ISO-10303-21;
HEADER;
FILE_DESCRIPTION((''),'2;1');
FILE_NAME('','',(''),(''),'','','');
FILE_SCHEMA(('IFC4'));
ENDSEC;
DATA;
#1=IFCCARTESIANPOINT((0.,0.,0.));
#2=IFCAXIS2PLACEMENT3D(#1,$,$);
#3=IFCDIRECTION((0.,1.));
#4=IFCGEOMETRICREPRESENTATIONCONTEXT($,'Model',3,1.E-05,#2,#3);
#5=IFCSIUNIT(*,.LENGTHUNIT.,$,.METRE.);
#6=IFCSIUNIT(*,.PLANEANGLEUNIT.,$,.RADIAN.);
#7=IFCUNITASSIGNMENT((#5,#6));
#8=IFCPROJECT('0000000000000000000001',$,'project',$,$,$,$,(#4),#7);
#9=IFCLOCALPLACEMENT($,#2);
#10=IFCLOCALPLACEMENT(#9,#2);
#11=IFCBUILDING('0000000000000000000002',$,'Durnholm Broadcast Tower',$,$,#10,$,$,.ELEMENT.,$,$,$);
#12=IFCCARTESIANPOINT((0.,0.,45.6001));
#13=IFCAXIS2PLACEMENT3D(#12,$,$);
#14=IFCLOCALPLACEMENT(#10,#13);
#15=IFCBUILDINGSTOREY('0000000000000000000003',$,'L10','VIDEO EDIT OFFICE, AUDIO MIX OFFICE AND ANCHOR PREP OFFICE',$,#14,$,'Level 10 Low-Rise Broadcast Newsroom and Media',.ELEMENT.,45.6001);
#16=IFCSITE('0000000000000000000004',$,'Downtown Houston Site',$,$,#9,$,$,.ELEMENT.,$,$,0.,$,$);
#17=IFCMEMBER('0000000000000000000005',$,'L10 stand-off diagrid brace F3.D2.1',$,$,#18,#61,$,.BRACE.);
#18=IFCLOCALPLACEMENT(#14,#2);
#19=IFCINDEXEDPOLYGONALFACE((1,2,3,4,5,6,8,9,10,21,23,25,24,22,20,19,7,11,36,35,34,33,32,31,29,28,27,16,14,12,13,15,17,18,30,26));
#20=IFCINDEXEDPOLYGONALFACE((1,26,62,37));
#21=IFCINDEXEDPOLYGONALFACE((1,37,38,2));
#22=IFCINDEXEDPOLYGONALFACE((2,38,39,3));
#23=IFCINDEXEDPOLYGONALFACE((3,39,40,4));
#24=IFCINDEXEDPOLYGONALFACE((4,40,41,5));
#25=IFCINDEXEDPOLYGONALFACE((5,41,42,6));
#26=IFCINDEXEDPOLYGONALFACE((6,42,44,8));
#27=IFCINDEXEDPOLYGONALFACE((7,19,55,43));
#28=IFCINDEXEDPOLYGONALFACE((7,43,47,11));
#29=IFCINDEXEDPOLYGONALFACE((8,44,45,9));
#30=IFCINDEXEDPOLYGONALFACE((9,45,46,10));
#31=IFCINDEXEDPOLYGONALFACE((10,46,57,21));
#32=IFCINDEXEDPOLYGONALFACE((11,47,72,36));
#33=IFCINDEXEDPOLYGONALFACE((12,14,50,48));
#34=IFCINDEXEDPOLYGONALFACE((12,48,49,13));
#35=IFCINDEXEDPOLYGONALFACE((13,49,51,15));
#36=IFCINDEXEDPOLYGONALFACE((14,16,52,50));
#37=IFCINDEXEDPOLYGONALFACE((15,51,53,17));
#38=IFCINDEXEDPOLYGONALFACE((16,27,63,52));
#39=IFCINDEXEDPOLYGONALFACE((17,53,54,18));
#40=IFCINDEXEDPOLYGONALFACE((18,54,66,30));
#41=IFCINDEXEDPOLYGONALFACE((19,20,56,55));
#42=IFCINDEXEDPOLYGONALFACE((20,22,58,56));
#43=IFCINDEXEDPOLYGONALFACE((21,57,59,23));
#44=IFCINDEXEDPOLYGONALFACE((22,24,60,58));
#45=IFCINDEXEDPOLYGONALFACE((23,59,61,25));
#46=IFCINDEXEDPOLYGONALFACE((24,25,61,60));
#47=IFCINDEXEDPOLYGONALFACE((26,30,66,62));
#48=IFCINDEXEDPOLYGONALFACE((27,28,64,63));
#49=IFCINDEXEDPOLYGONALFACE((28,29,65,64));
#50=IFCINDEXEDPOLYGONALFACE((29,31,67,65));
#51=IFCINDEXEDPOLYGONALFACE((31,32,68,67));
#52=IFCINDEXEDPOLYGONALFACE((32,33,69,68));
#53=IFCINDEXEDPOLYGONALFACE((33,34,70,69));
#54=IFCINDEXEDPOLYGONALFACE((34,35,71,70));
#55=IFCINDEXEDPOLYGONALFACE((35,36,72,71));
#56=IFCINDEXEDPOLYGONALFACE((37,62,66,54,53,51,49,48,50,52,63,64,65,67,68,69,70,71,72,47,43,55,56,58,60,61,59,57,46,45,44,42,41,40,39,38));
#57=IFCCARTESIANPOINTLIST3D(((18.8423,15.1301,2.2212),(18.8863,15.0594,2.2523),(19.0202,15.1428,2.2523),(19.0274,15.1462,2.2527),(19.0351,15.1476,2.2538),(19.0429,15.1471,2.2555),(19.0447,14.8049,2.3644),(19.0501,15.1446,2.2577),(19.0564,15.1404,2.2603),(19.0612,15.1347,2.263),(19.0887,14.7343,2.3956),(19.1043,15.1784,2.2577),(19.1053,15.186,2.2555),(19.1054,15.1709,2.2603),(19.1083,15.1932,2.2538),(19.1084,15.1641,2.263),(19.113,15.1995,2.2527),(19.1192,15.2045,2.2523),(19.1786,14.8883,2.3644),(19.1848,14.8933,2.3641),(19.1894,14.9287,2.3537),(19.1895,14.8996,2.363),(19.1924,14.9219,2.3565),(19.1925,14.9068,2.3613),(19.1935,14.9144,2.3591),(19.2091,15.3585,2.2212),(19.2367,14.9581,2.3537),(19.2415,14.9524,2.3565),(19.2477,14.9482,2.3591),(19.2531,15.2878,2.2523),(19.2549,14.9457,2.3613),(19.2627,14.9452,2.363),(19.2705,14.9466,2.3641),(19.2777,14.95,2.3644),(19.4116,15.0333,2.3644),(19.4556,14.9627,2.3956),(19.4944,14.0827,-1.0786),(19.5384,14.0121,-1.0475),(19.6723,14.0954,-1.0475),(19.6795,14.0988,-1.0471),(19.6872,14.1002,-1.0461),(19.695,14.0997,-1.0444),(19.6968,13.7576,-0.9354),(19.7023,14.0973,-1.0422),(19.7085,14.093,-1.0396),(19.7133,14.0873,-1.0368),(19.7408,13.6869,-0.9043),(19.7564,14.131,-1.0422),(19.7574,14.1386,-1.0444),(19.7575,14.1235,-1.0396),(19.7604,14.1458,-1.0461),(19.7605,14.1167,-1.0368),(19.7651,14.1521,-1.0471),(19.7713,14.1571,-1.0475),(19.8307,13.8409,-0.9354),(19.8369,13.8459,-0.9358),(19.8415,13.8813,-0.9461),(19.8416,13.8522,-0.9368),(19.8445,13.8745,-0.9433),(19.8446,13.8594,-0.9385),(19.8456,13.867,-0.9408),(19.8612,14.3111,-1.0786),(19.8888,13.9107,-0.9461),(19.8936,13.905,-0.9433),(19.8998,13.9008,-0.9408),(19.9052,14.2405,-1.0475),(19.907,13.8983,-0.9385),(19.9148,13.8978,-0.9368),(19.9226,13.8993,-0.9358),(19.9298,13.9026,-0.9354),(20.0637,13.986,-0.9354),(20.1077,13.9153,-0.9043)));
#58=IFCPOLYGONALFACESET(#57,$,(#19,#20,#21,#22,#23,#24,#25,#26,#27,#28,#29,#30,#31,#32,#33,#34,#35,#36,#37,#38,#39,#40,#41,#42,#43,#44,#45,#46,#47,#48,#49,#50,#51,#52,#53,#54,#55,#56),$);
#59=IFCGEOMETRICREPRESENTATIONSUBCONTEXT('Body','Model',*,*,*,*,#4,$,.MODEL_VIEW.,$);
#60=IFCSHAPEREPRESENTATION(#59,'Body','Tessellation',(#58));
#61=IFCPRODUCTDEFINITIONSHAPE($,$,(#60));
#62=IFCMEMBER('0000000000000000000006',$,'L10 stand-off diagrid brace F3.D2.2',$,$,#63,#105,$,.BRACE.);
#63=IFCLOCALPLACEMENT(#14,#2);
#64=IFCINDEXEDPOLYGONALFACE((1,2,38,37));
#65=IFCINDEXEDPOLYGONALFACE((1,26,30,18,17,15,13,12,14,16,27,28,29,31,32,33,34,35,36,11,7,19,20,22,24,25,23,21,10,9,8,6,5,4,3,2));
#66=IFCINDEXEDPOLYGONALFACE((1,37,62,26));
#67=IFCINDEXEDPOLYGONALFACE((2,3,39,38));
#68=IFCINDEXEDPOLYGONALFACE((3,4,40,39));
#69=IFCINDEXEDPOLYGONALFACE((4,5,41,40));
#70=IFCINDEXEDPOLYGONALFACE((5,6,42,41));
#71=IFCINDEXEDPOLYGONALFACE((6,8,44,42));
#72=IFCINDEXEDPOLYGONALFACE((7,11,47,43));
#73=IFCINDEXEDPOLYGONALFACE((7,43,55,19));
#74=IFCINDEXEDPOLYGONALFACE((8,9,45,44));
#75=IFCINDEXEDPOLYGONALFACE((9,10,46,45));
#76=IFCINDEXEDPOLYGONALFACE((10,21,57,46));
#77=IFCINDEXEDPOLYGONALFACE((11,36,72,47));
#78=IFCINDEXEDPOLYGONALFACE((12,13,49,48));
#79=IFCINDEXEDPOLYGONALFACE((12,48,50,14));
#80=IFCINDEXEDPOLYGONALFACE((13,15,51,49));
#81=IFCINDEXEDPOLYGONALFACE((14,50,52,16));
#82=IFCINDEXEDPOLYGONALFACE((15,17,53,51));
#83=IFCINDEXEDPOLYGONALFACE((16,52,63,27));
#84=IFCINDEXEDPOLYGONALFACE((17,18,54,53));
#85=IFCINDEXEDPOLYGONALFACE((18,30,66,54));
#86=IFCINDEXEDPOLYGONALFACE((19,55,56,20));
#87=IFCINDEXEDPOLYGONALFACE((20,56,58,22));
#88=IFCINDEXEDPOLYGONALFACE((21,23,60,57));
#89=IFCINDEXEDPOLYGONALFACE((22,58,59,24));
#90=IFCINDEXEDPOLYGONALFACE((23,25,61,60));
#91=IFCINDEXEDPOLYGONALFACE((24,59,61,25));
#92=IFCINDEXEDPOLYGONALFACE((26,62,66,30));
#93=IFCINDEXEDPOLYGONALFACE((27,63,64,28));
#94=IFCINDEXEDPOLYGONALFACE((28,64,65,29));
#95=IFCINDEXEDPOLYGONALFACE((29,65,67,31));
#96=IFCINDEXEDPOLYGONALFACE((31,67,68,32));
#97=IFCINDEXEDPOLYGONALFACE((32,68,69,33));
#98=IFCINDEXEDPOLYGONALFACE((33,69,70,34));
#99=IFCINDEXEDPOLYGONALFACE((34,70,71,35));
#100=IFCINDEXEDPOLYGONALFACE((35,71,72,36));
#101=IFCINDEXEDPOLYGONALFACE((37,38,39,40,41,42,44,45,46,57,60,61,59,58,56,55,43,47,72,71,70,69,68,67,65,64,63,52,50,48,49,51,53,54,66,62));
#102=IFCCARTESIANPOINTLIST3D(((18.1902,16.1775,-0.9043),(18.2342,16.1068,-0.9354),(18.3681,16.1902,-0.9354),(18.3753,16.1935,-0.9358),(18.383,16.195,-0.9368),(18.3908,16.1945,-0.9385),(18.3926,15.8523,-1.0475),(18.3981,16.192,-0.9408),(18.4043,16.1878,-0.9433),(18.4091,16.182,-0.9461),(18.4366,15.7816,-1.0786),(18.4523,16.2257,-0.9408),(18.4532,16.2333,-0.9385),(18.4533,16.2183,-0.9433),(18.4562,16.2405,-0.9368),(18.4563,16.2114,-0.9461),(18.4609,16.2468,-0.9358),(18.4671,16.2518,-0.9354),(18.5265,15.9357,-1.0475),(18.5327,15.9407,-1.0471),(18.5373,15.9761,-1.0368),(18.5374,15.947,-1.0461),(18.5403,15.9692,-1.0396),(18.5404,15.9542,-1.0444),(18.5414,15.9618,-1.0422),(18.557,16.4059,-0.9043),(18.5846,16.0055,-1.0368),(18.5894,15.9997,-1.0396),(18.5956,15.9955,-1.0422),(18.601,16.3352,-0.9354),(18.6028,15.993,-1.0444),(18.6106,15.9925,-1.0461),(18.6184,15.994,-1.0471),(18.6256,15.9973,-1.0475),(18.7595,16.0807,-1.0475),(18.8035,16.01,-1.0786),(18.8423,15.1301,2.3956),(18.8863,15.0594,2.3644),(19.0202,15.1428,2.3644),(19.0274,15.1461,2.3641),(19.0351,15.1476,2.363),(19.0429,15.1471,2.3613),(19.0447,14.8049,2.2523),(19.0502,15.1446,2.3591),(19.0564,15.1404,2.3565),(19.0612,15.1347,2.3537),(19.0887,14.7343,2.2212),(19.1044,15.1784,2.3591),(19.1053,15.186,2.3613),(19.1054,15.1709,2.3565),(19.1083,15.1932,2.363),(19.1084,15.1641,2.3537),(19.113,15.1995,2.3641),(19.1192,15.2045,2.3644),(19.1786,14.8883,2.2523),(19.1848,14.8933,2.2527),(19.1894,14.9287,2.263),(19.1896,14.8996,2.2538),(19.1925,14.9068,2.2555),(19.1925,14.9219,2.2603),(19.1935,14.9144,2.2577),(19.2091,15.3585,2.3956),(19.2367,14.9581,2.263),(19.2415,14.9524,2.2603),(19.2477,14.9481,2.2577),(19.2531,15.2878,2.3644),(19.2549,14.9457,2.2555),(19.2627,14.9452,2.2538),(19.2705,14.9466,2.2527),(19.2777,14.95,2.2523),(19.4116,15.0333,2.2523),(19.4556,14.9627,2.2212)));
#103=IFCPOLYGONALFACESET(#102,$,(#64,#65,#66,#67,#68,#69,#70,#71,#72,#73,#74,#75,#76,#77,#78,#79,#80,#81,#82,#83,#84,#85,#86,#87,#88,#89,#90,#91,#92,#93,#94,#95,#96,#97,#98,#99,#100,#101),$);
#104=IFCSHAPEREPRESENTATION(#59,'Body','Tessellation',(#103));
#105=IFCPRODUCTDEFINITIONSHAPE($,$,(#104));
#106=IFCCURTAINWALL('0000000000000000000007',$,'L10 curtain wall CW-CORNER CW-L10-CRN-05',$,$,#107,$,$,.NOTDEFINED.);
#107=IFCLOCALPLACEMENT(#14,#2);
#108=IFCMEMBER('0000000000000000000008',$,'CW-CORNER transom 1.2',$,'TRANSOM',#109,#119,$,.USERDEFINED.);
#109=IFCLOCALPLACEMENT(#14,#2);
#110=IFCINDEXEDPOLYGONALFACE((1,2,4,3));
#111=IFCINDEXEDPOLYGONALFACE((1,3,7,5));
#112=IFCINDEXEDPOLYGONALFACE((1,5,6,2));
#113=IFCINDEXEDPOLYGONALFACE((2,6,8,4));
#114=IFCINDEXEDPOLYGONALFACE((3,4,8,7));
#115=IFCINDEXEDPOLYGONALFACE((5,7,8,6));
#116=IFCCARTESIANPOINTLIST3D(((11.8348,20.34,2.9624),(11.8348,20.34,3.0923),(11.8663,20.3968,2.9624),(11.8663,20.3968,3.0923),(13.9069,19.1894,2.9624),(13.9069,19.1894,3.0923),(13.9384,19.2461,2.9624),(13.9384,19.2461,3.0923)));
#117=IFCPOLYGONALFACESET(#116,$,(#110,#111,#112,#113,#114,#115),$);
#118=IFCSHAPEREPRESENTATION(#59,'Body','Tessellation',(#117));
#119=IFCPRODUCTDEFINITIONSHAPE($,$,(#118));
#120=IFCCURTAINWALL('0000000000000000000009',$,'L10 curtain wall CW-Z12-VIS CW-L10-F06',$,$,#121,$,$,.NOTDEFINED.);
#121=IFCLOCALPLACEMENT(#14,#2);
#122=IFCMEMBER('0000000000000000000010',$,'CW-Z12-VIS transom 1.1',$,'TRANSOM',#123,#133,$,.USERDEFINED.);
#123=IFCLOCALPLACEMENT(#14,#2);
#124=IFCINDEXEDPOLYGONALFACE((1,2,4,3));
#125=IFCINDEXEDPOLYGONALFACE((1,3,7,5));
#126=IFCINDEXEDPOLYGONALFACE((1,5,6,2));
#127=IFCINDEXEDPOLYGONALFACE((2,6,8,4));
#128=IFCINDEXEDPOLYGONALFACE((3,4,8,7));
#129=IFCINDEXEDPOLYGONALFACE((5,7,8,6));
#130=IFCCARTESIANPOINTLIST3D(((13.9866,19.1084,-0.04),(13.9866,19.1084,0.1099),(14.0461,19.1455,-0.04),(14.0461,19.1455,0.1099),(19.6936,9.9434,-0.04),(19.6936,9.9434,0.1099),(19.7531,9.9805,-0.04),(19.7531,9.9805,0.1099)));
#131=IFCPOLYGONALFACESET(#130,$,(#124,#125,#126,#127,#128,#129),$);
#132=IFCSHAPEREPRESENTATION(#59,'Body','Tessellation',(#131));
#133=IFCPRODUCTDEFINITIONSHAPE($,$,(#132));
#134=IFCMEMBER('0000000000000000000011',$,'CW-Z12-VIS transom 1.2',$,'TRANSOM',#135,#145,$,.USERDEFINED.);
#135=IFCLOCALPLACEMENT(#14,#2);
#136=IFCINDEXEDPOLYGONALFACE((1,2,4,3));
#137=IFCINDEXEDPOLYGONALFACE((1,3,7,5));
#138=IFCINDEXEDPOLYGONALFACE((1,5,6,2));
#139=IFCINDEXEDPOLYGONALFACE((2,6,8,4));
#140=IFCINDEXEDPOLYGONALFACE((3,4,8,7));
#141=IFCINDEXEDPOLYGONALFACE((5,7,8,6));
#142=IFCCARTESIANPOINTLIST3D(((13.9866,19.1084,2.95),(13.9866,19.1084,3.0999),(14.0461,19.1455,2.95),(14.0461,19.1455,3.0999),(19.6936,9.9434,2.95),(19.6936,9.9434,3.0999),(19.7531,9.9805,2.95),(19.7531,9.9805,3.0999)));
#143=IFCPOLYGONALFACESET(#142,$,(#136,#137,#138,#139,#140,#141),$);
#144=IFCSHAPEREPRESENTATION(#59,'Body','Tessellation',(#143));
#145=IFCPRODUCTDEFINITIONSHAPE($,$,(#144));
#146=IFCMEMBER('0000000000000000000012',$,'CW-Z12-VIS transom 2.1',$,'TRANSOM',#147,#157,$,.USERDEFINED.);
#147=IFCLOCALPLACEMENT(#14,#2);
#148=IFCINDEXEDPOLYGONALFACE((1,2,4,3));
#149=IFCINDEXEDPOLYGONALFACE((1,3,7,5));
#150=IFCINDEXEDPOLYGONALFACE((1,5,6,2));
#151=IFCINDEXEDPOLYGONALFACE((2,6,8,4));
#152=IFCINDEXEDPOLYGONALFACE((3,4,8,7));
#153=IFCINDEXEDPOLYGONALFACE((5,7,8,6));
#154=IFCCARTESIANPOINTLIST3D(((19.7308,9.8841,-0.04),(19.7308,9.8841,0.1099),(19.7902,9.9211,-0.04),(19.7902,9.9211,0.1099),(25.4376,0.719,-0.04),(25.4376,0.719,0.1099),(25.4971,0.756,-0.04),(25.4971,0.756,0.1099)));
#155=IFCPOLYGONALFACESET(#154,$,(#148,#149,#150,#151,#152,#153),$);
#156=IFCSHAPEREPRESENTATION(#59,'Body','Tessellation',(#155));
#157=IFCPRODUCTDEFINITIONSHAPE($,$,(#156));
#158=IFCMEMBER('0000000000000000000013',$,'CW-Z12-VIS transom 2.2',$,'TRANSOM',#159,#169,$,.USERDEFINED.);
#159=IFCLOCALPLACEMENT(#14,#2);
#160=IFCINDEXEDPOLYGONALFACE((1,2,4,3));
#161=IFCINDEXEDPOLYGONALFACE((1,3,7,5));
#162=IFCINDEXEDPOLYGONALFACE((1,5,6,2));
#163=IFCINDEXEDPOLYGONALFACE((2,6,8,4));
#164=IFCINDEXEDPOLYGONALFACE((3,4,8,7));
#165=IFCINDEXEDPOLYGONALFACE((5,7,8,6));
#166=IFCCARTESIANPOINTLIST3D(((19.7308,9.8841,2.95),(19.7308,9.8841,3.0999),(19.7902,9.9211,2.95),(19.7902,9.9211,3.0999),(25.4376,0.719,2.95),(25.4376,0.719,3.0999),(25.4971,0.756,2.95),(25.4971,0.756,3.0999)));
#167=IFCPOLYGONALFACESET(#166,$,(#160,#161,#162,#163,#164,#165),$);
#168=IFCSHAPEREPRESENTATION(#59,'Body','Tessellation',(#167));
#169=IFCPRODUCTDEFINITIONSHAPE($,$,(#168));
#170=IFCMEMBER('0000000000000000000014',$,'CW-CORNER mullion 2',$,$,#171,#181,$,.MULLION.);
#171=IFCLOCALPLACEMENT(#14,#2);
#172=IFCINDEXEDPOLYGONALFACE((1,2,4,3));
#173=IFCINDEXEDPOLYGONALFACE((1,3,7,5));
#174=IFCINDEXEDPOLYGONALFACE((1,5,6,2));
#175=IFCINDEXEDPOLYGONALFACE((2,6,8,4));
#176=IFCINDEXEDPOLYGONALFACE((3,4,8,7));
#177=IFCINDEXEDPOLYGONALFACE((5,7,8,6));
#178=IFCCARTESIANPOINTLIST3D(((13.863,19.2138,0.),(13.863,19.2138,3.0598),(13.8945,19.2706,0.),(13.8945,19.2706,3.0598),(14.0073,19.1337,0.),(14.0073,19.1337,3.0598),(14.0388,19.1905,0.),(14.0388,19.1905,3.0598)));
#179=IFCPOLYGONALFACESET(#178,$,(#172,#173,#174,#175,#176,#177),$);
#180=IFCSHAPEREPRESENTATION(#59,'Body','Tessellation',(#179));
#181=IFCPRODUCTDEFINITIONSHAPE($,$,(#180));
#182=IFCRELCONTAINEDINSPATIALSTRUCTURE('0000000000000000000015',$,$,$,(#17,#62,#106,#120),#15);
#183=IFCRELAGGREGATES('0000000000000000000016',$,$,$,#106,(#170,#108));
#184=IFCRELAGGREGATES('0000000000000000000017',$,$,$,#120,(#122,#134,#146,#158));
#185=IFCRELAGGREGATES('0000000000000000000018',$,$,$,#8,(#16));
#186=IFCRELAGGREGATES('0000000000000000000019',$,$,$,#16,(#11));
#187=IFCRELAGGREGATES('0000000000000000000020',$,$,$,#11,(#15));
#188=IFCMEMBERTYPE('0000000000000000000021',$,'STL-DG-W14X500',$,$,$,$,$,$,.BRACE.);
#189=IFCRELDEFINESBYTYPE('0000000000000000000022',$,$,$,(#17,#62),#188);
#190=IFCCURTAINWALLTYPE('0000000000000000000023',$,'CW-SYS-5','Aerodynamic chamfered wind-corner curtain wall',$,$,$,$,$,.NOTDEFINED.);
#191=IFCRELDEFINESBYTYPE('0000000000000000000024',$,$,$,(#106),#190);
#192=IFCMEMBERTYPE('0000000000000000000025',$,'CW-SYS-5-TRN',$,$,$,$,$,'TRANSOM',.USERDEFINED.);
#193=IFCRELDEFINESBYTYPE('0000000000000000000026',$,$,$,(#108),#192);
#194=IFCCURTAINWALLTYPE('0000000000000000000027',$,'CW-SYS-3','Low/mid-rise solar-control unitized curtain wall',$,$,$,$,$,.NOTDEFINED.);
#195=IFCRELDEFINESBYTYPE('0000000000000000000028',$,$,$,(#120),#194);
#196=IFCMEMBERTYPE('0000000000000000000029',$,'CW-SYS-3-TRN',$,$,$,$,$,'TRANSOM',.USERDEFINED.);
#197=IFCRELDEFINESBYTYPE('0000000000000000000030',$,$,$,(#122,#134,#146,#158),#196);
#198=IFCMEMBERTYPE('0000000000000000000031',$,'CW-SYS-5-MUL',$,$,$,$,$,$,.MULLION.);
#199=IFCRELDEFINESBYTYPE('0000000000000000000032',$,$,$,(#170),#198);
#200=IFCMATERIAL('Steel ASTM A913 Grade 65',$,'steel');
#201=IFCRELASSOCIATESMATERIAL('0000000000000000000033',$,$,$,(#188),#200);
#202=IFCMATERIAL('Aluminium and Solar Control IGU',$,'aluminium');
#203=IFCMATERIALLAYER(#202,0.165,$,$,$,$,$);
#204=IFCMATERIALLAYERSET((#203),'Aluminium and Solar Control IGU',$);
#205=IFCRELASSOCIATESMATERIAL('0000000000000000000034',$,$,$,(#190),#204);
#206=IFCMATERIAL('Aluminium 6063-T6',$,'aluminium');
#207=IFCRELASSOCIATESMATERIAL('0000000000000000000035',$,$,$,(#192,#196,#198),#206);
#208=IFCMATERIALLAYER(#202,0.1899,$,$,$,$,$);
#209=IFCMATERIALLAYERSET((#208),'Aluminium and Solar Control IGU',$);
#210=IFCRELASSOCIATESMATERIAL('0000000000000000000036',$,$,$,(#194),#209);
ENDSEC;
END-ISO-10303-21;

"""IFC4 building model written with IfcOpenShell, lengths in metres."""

from ifc_helpers import new_model, si_unit, direction, frame, origin, origin_2d, place, context, subcontext, project, spatial, rectangle, i_section, extrude, source, transform, mapped, material, layer, layer_set, material_profile, profile_set, type_object, type_shapes, element, aggregate, save


model = new_model("IFC4")

# Units and contexts
model_context = context("Model", 3, precision=1e-05, world=origin(), true_north=direction((0.0, 1.0)))
body_context = subcontext(model_context, "Body", "Model", "MODEL_VIEW")
ifc_project = project(units=[si_unit("LENGTHUNIT", "METRE"), si_unit("PLANEANGLEUNIT", "RADIAN")], contexts=[model_context])

# Site, building, storey
site_placement = place(None, origin())
site = spatial("IfcSite", under=ifc_project, at=site_placement, Name="Downtown Houston Site", CompositionType="ELEMENT", RefElevation=0.0)
building_placement = place(site_placement, origin())
building = spatial("IfcBuilding", under=site, at=building_placement, Name="Durnholm Broadcast Tower", CompositionType="ELEMENT")
storey_placement = place(building_placement, frame((0.0, 0.0, 45.6001)))
storey = spatial("IfcBuildingStorey", under=building, at=storey_placement, Name="L10", Description="VIDEO EDIT OFFICE, AUDIO MIX OFFICE AND ANCHOR PREP OFFICE", LongName="Level 10 Low-Rise Broadcast Newsroom and Media", CompositionType="ELEMENT", Elevation=45.6001)

# Members
ifc_material_1 = material(Name="Steel ASTM A913 Grade 65", Category="steel")
ifc_material_profile_1 = material_profile(ifc_material_1, i_section(OverallWidth=0.4321, OverallDepth=0.4978, WebThickness=0.0557, FlangeThickness=0.0889, FilletRadius=0.0305, at=origin_2d()), Name="W14X500")
ifc_profile_set_1 = profile_set([ifc_material_profile_1], Name="Steel ASTM A913 Grade 65")
member_type_1 = type_object("IfcMemberType", Name="STL-DG-W14X500", PredefinedType="BRACE", material=ifc_profile_set_1)
shared_shape_1 = source(origin(), body_context, "Body", "SweptSolid", [
    extrude(i_section(OverallWidth=0.4321, OverallDepth=0.4978, WebThickness=0.0557, FlangeThickness=0.0889, FilletRadius=0.0305, at=origin_2d()), origin(), (0.0, 0.0, 1.0), 3.5229),
])
type_shapes(member_type_1, [shared_shape_1])
for number, where, z_axis, x_axis, name in (
    (1, (19.801, 13.999, -0.9915), (-0.185102, 0.2973, 0.936669), (-0.848909, -0.52854, 0.0), "L10 stand-off diagrid brace F3.D2.1"),
    (2, (18.4968, 16.0938, -0.9915), (0.185102, -0.2973, 0.936669), (0.848909, 0.52854, 0.0), "L10 stand-off diagrid brace F3.D2.2"),
):
    element("IfcMember", number, at=place(storey_placement, frame(where, z_axis=z_axis, x_axis=x_axis)), inside=storey, type_object=member_type_1, Name=name, PredefinedType="BRACE", context=body_context, shape_type="MappedRepresentation", body=[
        mapped(shared_shape_1, transform((0.0, 0.0, 0.0), x_axis=(1.0, 0.0, 0.0), y_axis=(0.0, 1.0, 0.0), z_axis=(0.0, 0.0, 1.0), scale=1.0)),
    ])

# Curtain wall, member
ifc_material_2 = material(Name="Aluminium and Solar Control IGU", Category="aluminium")
ifc_layer_1 = layer(ifc_material_2, 0.165)
ifc_layer_set_1 = layer_set([ifc_layer_1], Name="Aluminium and Solar Control IGU")
curtain_wall_type_1 = type_object("IfcCurtainWallType", Name="CW-SYS-5", Description="Aerodynamic chamfered wind-corner curtain wall", PredefinedType="NOTDEFINED", material=ifc_layer_set_1)
curtain_wall_1_placement = place(storey_placement, origin())
curtain_wall_1 = element("IfcCurtainWall", 3, at=curtain_wall_1_placement, inside=storey, type_object=curtain_wall_type_1, Name="L10 curtain wall CW-CORNER CW-L10-CRN-05", PredefinedType="NOTDEFINED")
ifc_material_3 = material(Name="Aluminium 6063-T6", Category="aluminium")
ifc_material_profile_2 = material_profile(ifc_material_3, rectangle(XDim=0.0649, YDim=0.1299, at=origin_2d()), Name="CWT65X130")
ifc_profile_set_2 = profile_set([ifc_material_profile_2], Name="Aluminium 6063-T6")
member_type_2 = type_object("IfcMemberType", Name="CW-SYS-5-TRN", ElementType="TRANSOM", PredefinedType="USERDEFINED", material=ifc_profile_set_2)
shared_shape_2 = source(origin(), body_context, "Body", "SweptSolid", [
    extrude(rectangle(XDim=0.0649, YDim=0.1299, at=origin_2d()), origin(), (0.0, 0.0, 1.0), 2.3701),
])
type_shapes(member_type_2, [shared_shape_2])
member_1_placement = place(storey_placement, frame((11.8506, 20.3684, 3.0273), z_axis=(0.874245, -0.485485, 0.0), x_axis=(0.485485, 0.874245, 0.0)))
member_1 = element("IfcMember", 4, at=member_1_placement, type_object=member_type_2, Name="CW-CORNER transom 1.2", ObjectType="TRANSOM", PredefinedType="USERDEFINED", context=body_context, shape_type="MappedRepresentation", body=[
    mapped(shared_shape_2, transform((0.0, 0.0, 0.0), x_axis=(1.0, 0.0, 0.0), y_axis=(0.0, 1.0, 0.0), z_axis=(0.0, 0.0, 1.0), scale=1.0)),
])

# Curtain wall, members
ifc_layer_2 = layer(ifc_material_2, 0.1899)
ifc_layer_set_2 = layer_set([ifc_layer_2], Name="Aluminium and Solar Control IGU")
curtain_wall_type_2 = type_object("IfcCurtainWallType", Name="CW-SYS-3", Description="Low/mid-rise solar-control unitized curtain wall", PredefinedType="NOTDEFINED", material=ifc_layer_set_2)
curtain_wall_2_placement = place(storey_placement, origin())
curtain_wall_2 = element("IfcCurtainWall", 5, at=curtain_wall_2_placement, inside=storey, type_object=curtain_wall_type_2, Name="L10 curtain wall CW-Z12-VIS CW-L10-F06", PredefinedType="NOTDEFINED")
ifc_material_profile_3 = material_profile(ifc_material_3, rectangle(XDim=0.0701, YDim=0.1499, at=origin_2d()), Name="CWT70X150")
ifc_profile_set_3 = profile_set([ifc_material_profile_3], Name="Aluminium 6063-T6")
member_type_3 = type_object("IfcMemberType", Name="CW-SYS-3-TRN", ElementType="TRANSOM", PredefinedType="USERDEFINED", material=ifc_profile_set_3)
shared_shape_3 = source(origin(), body_context, "Body", "SweptSolid", [
    extrude(rectangle(XDim=0.0701, YDim=0.1499, at=origin_2d()), origin(), (0.0, 0.0, 1.0), 10.7966),
])
type_shapes(member_type_3, [shared_shape_3])
member_2_placement = place(storey_placement, frame((14.0164, 19.127, 0.0349), z_axis=(0.528592, -0.848876, 0.0), x_axis=(0.848876, 0.528592, 0.0)))
member_2 = element("IfcMember", 6, at=member_2_placement, type_object=member_type_3, Name="CW-Z12-VIS transom 1.1", ObjectType="TRANSOM", PredefinedType="USERDEFINED", context=body_context, shape_type="MappedRepresentation", body=[
    mapped(shared_shape_3, transform((0.0, 0.0, 0.0), x_axis=(1.0, 0.0, 0.0), y_axis=(0.0, 1.0, 0.0), z_axis=(0.0, 0.0, 1.0), scale=1.0)),
])
member_3_placement = place(storey_placement, frame((14.0164, 19.127, 3.0249), z_axis=(0.528592, -0.848876, 0.0), x_axis=(0.848876, 0.528592, 0.0)))
member_3 = element("IfcMember", 7, at=member_3_placement, type_object=member_type_3, Name="CW-Z12-VIS transom 1.2", ObjectType="TRANSOM", PredefinedType="USERDEFINED", context=body_context, shape_type="MappedRepresentation", body=[
    mapped(shared_shape_3, transform((0.0, 0.0, 0.0), x_axis=(1.0, 0.0, 0.0), y_axis=(0.0, 1.0, 0.0), z_axis=(0.0, 0.0, 1.0), scale=1.0)),
])
member_4_placement = place(storey_placement, frame((19.7605, 9.9026, 0.0349), z_axis=(0.528575, -0.848886, 0.0), x_axis=(0.848886, 0.528575, 0.0)))
member_4 = element("IfcMember", 8, at=member_4_placement, type_object=member_type_3, Name="CW-Z12-VIS transom 2.1", ObjectType="TRANSOM", PredefinedType="USERDEFINED", context=body_context, shape_type="MappedRepresentation", body=[
    mapped(shared_shape_3, transform((0.0, 0.0, 0.0), x_axis=(1.0, 0.0, 0.0), y_axis=(0.0, 1.0, 0.0), z_axis=(0.0, 0.0, 1.0), scale=1.0)),
])
member_5_placement = place(storey_placement, frame((19.7605, 9.9026, 3.0249), z_axis=(0.528575, -0.848886, 0.0), x_axis=(0.848886, 0.528575, 0.0)))
member_5 = element("IfcMember", 9, at=member_5_placement, type_object=member_type_3, Name="CW-Z12-VIS transom 2.2", ObjectType="TRANSOM", PredefinedType="USERDEFINED", context=body_context, shape_type="MappedRepresentation", body=[
    mapped(shared_shape_3, transform((0.0, 0.0, 0.0), x_axis=(1.0, 0.0, 0.0), y_axis=(0.0, 1.0, 0.0), z_axis=(0.0, 0.0, 1.0), scale=1.0)),
])

# Member
ifc_material_profile_4 = material_profile(ifc_material_3, rectangle(XDim=0.0649, YDim=0.165, at=origin_2d()), Name="CWM65X165")
ifc_profile_set_4 = profile_set([ifc_material_profile_4], Name="Aluminium 6063-T6")
member_type_4 = type_object("IfcMemberType", Name="CW-SYS-5-MUL", PredefinedType="MULLION", material=ifc_profile_set_4)
shared_shape_4 = source(origin(), body_context, "Body", "SweptSolid", [
    extrude(rectangle(XDim=0.0649, YDim=0.165, at=origin_2d()), origin(), (0.0, 0.0, 1.0), 3.0598),
])
type_shapes(member_type_4, [shared_shape_4])
member_6_placement = place(storey_placement, frame((13.9509, 19.2021, 0.0), z_axis=(0.0, 0.0, 1.0), x_axis=(0.485483, 0.874246, 0.0)))
member_6 = element("IfcMember", 10, at=member_6_placement, type_object=member_type_4, Name="CW-CORNER mullion 2", PredefinedType="MULLION", context=body_context, shape_type="MappedRepresentation", body=[
    mapped(shared_shape_4, transform((0.0, 0.0, 0.0), x_axis=(1.0, 0.0, 0.0), y_axis=(0.0, 1.0, 0.0), z_axis=(0.0, 0.0, 1.0), scale=1.0)),
])

aggregate(curtain_wall_1, [member_6, member_1])
aggregate(curtain_wall_2, [member_2, member_3, member_4, member_5])

save(model, "model.ifc")
